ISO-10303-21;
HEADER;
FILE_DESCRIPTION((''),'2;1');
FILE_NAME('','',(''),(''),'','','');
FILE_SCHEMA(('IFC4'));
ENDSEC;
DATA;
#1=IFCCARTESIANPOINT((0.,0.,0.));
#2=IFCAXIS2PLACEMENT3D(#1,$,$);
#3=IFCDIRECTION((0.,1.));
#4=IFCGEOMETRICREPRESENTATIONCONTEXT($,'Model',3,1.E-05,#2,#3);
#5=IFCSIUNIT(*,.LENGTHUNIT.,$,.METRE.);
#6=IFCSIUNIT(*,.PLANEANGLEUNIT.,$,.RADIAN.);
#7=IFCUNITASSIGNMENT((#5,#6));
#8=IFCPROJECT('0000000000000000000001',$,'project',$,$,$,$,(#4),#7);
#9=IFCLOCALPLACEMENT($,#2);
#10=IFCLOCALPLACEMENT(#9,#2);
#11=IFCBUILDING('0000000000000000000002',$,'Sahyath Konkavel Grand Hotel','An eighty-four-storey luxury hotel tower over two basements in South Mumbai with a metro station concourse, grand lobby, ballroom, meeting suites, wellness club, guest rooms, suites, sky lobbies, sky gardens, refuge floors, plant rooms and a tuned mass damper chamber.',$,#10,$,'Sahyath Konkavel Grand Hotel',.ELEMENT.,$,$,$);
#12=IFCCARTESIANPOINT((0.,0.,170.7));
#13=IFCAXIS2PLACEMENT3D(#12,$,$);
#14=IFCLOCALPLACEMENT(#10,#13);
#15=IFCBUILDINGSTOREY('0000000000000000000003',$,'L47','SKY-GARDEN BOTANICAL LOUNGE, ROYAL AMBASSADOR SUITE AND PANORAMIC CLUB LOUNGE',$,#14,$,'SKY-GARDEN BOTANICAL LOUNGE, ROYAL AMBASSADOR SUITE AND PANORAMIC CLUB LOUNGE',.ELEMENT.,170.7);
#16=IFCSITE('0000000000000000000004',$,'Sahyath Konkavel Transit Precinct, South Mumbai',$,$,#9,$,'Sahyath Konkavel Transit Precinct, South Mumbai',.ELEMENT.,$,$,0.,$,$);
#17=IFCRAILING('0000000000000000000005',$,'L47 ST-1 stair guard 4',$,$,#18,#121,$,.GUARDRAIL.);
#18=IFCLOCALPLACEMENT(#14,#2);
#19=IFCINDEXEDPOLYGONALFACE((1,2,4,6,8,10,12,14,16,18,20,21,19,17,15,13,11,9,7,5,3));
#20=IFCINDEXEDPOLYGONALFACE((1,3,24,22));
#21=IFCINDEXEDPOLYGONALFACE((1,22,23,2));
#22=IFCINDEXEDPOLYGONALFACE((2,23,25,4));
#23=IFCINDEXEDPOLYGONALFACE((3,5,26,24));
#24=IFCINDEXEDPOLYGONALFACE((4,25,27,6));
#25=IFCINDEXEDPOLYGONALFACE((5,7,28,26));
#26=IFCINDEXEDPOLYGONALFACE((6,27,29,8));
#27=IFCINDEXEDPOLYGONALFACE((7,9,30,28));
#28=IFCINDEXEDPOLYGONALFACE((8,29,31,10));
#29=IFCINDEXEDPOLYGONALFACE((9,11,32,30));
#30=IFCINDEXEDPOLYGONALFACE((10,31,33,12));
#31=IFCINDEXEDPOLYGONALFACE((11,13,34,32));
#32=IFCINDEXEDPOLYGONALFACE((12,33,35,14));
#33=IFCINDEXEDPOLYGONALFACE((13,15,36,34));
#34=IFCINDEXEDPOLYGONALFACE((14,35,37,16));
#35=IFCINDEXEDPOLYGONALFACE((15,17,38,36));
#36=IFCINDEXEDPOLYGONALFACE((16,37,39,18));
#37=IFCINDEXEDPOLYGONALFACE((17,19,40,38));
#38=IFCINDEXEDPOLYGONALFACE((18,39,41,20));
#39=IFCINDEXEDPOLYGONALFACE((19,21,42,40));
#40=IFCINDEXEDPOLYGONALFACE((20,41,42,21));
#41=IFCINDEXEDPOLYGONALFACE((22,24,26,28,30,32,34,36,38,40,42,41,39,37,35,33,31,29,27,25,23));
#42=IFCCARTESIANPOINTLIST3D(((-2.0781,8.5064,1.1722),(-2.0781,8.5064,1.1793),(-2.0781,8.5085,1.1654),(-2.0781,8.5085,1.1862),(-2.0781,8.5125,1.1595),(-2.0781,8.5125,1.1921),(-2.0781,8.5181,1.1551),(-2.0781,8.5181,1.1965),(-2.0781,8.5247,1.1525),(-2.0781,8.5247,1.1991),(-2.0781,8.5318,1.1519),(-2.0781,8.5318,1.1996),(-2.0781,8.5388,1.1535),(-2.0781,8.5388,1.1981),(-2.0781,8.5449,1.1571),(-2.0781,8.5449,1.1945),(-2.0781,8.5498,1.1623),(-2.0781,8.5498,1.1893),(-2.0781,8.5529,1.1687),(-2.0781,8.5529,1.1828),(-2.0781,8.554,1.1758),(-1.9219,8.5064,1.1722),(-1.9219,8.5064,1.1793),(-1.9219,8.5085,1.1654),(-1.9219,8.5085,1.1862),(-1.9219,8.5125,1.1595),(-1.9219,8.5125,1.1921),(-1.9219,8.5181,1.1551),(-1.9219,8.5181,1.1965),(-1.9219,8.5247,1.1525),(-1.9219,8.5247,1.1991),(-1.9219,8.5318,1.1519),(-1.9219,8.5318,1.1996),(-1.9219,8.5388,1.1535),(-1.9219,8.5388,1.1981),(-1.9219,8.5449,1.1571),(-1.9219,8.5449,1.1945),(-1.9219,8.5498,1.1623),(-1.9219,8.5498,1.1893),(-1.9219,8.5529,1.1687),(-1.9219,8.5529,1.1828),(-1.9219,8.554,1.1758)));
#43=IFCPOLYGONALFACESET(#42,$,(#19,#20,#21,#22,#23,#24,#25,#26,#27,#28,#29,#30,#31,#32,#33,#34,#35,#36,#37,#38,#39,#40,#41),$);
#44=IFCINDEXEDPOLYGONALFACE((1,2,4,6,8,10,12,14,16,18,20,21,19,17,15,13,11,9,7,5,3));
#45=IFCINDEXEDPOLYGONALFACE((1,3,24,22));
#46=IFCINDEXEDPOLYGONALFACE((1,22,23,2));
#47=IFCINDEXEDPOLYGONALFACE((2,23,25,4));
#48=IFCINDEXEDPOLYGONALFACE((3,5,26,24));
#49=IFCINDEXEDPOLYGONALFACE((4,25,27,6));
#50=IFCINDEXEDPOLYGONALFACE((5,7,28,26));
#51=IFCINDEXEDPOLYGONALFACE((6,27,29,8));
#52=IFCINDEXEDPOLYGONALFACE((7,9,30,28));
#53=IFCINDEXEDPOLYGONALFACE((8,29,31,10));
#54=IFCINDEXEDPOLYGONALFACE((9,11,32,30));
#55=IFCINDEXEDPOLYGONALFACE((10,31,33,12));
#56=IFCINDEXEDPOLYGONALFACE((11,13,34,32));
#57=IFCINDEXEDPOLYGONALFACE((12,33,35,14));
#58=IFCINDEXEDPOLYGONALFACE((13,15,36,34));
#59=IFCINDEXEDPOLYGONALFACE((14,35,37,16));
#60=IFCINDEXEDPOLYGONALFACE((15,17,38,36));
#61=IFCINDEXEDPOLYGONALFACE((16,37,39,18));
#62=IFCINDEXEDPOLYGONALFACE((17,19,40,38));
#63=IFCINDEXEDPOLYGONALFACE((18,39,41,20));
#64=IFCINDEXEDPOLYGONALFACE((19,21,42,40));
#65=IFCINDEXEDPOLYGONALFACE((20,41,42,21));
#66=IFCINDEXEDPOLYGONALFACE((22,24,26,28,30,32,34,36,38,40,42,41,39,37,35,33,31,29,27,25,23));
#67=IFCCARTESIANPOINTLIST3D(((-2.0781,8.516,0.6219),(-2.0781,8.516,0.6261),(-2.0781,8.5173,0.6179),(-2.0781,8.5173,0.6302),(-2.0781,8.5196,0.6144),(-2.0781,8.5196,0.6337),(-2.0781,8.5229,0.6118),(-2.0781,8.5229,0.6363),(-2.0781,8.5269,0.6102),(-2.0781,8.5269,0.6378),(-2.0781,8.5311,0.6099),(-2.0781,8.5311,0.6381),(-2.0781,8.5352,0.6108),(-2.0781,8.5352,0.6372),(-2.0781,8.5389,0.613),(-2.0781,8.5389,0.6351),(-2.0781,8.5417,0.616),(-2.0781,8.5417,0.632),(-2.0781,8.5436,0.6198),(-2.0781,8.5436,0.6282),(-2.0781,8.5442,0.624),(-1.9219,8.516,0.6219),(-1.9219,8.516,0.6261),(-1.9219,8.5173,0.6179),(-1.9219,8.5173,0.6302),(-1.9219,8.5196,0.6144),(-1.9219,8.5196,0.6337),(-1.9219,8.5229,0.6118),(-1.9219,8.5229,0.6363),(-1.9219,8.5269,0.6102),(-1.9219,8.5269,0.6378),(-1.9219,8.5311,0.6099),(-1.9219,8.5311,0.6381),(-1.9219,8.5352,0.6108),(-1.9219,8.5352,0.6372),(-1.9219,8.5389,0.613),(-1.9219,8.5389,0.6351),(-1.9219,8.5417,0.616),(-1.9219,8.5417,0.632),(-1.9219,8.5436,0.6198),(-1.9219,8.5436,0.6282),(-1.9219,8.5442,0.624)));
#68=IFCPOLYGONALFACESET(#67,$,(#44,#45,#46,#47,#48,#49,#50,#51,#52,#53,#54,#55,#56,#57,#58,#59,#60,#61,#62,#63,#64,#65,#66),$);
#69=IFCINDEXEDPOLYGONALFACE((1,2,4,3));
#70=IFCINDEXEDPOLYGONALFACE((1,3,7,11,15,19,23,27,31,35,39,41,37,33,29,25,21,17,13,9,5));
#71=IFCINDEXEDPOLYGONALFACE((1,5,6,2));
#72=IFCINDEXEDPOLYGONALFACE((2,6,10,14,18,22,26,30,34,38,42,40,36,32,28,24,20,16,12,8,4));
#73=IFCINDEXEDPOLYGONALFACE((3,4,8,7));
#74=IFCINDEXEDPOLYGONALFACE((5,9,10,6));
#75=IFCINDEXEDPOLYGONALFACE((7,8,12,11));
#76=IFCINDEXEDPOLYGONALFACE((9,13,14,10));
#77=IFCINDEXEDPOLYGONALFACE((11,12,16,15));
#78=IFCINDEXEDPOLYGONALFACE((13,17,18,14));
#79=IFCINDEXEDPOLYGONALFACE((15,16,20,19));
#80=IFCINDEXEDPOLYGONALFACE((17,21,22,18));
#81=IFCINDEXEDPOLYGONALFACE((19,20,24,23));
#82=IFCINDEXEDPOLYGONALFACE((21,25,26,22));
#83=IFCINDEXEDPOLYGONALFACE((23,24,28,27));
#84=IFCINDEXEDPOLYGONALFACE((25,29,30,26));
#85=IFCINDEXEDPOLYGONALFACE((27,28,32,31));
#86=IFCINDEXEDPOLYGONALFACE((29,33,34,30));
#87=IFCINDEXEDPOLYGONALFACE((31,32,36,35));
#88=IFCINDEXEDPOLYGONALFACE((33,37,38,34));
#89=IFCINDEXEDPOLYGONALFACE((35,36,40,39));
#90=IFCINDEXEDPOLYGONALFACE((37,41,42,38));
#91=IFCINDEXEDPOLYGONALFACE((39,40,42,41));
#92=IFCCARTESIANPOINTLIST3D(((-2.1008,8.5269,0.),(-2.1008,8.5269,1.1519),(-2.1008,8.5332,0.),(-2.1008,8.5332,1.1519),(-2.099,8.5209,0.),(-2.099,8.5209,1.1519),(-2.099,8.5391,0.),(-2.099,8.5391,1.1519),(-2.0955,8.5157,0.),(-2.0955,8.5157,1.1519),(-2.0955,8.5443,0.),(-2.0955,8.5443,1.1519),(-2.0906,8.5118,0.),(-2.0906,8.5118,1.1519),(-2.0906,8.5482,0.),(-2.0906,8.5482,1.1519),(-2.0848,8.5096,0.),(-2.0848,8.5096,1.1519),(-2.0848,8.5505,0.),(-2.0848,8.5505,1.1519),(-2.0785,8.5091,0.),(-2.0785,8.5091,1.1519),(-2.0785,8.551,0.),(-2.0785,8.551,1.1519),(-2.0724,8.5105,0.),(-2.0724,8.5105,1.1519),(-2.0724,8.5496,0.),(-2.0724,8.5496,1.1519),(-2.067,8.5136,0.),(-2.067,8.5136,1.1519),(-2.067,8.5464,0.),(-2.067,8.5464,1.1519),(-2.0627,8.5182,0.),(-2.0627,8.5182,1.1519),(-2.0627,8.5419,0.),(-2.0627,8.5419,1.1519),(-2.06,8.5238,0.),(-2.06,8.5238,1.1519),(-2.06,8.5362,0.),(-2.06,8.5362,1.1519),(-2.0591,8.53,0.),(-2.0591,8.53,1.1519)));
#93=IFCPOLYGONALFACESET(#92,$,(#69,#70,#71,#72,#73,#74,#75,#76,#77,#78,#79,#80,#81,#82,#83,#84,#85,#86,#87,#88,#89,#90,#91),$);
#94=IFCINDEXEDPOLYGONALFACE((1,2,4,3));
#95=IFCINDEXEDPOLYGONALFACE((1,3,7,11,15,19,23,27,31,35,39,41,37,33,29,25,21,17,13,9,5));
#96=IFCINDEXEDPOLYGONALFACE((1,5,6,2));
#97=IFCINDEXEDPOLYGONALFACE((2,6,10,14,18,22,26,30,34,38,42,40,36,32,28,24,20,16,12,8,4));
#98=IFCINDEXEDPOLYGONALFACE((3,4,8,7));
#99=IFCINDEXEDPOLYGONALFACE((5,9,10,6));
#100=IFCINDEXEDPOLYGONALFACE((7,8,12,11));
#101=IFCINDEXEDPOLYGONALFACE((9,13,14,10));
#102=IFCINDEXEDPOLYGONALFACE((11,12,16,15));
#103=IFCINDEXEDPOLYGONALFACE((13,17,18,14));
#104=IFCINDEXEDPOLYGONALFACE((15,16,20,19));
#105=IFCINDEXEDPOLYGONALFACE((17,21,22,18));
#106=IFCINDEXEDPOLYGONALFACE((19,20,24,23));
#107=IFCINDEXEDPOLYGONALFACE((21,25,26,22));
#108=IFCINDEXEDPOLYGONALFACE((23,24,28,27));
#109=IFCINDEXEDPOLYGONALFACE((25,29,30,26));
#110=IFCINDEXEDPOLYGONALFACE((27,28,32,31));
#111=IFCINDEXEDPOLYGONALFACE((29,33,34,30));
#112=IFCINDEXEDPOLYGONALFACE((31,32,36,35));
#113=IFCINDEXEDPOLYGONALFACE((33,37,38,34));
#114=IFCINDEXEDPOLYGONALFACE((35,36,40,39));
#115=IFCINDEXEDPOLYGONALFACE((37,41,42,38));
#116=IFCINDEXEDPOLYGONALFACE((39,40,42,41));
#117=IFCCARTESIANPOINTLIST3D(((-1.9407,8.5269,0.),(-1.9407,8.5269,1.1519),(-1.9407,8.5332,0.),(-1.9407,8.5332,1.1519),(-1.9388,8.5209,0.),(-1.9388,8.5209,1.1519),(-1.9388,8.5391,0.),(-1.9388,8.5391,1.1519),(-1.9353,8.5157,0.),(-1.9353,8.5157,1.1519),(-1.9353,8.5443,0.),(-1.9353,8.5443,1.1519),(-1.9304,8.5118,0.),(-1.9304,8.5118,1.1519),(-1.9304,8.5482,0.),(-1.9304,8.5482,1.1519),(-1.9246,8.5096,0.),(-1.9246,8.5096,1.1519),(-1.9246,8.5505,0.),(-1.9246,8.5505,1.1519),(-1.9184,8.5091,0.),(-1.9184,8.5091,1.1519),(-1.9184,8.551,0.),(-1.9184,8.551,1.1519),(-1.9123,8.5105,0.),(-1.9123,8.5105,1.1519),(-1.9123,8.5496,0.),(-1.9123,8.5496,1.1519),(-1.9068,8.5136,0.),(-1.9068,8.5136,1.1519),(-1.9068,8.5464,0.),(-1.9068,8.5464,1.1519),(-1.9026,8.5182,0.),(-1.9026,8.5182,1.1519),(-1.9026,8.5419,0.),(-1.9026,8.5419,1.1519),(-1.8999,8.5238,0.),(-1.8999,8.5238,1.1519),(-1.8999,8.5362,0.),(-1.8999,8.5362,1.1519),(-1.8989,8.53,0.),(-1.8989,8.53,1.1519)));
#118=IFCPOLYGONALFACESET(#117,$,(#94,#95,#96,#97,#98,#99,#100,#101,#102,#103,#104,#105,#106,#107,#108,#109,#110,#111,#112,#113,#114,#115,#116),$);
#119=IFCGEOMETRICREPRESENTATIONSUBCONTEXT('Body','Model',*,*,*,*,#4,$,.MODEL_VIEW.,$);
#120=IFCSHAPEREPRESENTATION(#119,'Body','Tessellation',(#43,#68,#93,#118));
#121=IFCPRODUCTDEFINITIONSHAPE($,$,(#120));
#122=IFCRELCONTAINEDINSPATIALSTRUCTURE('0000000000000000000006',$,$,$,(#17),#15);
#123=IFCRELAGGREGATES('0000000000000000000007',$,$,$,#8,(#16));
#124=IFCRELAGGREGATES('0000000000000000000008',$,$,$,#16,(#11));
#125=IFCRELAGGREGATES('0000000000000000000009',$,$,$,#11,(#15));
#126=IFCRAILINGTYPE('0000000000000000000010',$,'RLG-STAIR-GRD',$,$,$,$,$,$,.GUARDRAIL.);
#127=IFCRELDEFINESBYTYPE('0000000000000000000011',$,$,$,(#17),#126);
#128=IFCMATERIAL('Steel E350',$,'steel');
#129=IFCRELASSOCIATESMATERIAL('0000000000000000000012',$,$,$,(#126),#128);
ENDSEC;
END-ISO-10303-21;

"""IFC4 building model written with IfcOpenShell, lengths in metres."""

from ifc_helpers import new_model, si_unit, direction, frame, origin, origin_2d, place, context, subcontext, project, spatial, circle, extrude, material, type_object, element, save


model = new_model("IFC4")

# Units and contexts
model_context = context("Model", 3, precision=1e-05, world=origin(), true_north=direction((0.0, 1.0)))
body_context = subcontext(model_context, "Body", "Model", "MODEL_VIEW")
ifc_project = project(units=[si_unit("LENGTHUNIT", "METRE"), si_unit("PLANEANGLEUNIT", "RADIAN")], contexts=[model_context])

# Site, building, storey
site_placement = place(None, origin())
site = spatial("IfcSite", under=ifc_project, at=site_placement, Name="Sahyath Konkavel Transit Precinct, South Mumbai", LongName="Sahyath Konkavel Transit Precinct, South Mumbai", CompositionType="ELEMENT", RefElevation=0.0)
building_placement = place(site_placement, origin())
building = spatial("IfcBuilding", under=site, at=building_placement, Name="Sahyath Konkavel Grand Hotel", Description="An eighty-four-storey luxury hotel tower over two basements in South Mumbai with a metro station concourse, grand lobby, ballroom, meeting suites, wellness club, guest rooms, suites, sky lobbies, sky gardens, refuge floors, plant rooms and a tuned mass damper chamber.", LongName="Sahyath Konkavel Grand Hotel", CompositionType="ELEMENT")
storey_placement = place(building_placement, frame((0.0, 0.0, 170.7)))
storey = spatial("IfcBuildingStorey", under=building, at=storey_placement, Name="L47", Description="SKY-GARDEN BOTANICAL LOUNGE, ROYAL AMBASSADOR SUITE AND PANORAMIC CLUB LOUNGE", LongName="SKY-GARDEN BOTANICAL LOUNGE, ROYAL AMBASSADOR SUITE AND PANORAMIC CLUB LOUNGE", CompositionType="ELEMENT", Elevation=170.7)

# Shared definitions
ifc_material_1 = material(Name="Steel E350", Category="steel")

# Railing
railing_type_1 = type_object("IfcRailingType", Name="RLG-STAIR-GRD", PredefinedType="GUARDRAIL", material=ifc_material_1)
railing_1_placement = place(storey_placement, frame((-2.0801, 8.53, 0.0)))
element("IfcRailing", 1, at=railing_1_placement, inside=storey, type_object=railing_type_1, Name="L47 ST-1 stair guard 4", PredefinedType="GUARDRAIL", context=body_context, shape_type="SweptSolid", body=[
    extrude(circle(Radius=0.0239, at=origin_2d()), frame((0.002, 0.0, 1.1758), z_axis=(1.0, 0.0, 0.0), x_axis=(0.0, 1.0, 0.0)), (0.0, 0.0, 1.0), 0.1562),
    extrude(circle(Radius=0.0142, at=origin_2d()), frame((0.002, 0.0, 0.624), z_axis=(1.0, 0.0, 0.0), x_axis=(0.0, 1.0, 0.0)), (0.0, 0.0, 1.0), 0.1562),
    extrude(circle(Radius=0.021, at=origin_2d()), origin(), (0.0, 0.0, 1.0), 1.1519),
    extrude(circle(Radius=0.021, at=origin_2d()), frame((0.1602, 0.0, 0.0)), (0.0, 0.0, 1.0), 1.1519),
])

save(model, "model.ifc")
